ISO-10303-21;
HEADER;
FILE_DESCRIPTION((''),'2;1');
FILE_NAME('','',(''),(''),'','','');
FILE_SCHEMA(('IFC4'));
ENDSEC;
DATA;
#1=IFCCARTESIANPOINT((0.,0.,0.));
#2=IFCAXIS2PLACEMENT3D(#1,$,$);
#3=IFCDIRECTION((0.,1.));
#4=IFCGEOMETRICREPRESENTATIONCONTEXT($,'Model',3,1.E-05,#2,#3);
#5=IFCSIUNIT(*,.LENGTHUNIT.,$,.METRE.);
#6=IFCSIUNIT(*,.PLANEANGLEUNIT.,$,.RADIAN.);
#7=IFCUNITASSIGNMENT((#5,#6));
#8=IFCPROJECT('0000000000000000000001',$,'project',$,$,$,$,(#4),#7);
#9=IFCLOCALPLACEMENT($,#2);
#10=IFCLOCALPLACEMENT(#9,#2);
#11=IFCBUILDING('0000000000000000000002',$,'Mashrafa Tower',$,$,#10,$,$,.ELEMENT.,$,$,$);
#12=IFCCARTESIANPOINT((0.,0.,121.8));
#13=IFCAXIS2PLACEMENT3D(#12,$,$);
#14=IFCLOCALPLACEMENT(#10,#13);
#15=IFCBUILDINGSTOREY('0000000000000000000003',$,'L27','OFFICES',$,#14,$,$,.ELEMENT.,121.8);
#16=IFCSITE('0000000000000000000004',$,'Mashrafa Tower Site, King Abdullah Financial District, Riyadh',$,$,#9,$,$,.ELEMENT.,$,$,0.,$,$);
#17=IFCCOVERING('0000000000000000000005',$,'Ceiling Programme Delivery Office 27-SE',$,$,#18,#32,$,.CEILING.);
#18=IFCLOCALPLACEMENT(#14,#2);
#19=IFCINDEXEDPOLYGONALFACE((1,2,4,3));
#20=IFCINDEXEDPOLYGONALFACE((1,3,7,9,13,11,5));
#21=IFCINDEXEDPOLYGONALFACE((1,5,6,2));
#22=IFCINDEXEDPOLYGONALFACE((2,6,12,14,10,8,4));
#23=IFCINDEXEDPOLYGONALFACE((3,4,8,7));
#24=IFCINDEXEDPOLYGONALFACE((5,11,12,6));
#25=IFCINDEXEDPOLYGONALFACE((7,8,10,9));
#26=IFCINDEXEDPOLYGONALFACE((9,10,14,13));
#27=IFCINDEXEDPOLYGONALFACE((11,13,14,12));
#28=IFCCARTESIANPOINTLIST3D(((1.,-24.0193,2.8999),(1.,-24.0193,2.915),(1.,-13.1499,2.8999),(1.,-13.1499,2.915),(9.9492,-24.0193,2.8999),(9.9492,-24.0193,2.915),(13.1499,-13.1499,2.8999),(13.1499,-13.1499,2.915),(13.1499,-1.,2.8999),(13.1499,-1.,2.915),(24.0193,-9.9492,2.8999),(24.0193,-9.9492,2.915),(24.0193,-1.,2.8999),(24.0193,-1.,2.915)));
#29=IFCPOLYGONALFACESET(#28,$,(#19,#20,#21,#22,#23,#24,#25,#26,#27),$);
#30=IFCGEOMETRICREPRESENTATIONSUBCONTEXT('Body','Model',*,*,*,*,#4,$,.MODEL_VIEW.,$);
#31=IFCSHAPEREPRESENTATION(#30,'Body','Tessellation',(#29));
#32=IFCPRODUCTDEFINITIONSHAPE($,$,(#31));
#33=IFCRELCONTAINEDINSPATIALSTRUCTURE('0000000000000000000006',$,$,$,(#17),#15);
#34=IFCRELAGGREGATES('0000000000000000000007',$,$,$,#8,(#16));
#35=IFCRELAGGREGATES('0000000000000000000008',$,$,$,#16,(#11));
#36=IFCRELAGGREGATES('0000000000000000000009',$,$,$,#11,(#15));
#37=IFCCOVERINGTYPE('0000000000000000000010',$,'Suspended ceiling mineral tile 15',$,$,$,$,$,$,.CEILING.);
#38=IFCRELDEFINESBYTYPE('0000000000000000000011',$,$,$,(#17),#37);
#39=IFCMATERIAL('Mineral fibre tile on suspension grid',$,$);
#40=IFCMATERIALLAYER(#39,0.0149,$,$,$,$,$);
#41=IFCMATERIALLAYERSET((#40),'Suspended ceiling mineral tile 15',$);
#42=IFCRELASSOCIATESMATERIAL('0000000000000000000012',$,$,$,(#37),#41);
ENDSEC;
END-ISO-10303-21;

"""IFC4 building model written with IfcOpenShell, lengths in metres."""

from ifc_helpers import new_model, si_unit, direction, frame, origin, place, context, subcontext, project, spatial, polyline, outline, extrude, material, layer, layer_set, type_object, element, save


model = new_model("IFC4")

# Units and contexts
model_context = context("Model", 3, precision=1e-05, world=origin(), true_north=direction((0.0, 1.0)))
body_context = subcontext(model_context, "Body", "Model", "MODEL_VIEW")
ifc_project = project(units=[si_unit("LENGTHUNIT", "METRE"), si_unit("PLANEANGLEUNIT", "RADIAN")], contexts=[model_context])

# Site, building, storey
site_placement = place(None, origin())
site = spatial("IfcSite", under=ifc_project, at=site_placement, Name="Mashrafa Tower Site, King Abdullah Financial District, Riyadh", CompositionType="ELEMENT", RefElevation=0.0)
building_placement = place(site_placement, origin())
building = spatial("IfcBuilding", under=site, at=building_placement, Name="Mashrafa Tower", CompositionType="ELEMENT")
storey_placement = place(building_placement, frame((0.0, 0.0, 121.8)))
storey = spatial("IfcBuildingStorey", under=building, at=storey_placement, Name="L27", Description="OFFICES", CompositionType="ELEMENT", Elevation=121.8)

# Covering
ifc_material_1 = material(Name="Mineral fibre tile on suspension grid")
ifc_layer_1 = layer(ifc_material_1, 0.0149)
ifc_layer_set_1 = layer_set([ifc_layer_1], Name="Suspended ceiling mineral tile 15")
covering_type = type_object("IfcCoveringType", Name="Suspended ceiling mineral tile 15", PredefinedType="CEILING", material=ifc_layer_set_1)
covering_1_placement = place(storey_placement, frame((0.0, 0.0, 2.8999)))
element("IfcCovering", 1, at=covering_1_placement, inside=storey, type_object=covering_type, Name="Ceiling Programme Delivery Office 27-SE", PredefinedType="CEILING", context=body_context, shape_type="SweptSolid", body=[
    extrude(outline(polyline([(24.0193, -1.0), (24.0193, -9.9492), (9.9492, -24.0193), (1.0, -24.0193), (1.0, -13.1499), (13.1499, -13.1499), (13.1499, -1.0), (24.0193, -1.0)])), origin(), (0.0, 0.0, 1.0), 0.0151),
])

save(model, "model.ifc")
